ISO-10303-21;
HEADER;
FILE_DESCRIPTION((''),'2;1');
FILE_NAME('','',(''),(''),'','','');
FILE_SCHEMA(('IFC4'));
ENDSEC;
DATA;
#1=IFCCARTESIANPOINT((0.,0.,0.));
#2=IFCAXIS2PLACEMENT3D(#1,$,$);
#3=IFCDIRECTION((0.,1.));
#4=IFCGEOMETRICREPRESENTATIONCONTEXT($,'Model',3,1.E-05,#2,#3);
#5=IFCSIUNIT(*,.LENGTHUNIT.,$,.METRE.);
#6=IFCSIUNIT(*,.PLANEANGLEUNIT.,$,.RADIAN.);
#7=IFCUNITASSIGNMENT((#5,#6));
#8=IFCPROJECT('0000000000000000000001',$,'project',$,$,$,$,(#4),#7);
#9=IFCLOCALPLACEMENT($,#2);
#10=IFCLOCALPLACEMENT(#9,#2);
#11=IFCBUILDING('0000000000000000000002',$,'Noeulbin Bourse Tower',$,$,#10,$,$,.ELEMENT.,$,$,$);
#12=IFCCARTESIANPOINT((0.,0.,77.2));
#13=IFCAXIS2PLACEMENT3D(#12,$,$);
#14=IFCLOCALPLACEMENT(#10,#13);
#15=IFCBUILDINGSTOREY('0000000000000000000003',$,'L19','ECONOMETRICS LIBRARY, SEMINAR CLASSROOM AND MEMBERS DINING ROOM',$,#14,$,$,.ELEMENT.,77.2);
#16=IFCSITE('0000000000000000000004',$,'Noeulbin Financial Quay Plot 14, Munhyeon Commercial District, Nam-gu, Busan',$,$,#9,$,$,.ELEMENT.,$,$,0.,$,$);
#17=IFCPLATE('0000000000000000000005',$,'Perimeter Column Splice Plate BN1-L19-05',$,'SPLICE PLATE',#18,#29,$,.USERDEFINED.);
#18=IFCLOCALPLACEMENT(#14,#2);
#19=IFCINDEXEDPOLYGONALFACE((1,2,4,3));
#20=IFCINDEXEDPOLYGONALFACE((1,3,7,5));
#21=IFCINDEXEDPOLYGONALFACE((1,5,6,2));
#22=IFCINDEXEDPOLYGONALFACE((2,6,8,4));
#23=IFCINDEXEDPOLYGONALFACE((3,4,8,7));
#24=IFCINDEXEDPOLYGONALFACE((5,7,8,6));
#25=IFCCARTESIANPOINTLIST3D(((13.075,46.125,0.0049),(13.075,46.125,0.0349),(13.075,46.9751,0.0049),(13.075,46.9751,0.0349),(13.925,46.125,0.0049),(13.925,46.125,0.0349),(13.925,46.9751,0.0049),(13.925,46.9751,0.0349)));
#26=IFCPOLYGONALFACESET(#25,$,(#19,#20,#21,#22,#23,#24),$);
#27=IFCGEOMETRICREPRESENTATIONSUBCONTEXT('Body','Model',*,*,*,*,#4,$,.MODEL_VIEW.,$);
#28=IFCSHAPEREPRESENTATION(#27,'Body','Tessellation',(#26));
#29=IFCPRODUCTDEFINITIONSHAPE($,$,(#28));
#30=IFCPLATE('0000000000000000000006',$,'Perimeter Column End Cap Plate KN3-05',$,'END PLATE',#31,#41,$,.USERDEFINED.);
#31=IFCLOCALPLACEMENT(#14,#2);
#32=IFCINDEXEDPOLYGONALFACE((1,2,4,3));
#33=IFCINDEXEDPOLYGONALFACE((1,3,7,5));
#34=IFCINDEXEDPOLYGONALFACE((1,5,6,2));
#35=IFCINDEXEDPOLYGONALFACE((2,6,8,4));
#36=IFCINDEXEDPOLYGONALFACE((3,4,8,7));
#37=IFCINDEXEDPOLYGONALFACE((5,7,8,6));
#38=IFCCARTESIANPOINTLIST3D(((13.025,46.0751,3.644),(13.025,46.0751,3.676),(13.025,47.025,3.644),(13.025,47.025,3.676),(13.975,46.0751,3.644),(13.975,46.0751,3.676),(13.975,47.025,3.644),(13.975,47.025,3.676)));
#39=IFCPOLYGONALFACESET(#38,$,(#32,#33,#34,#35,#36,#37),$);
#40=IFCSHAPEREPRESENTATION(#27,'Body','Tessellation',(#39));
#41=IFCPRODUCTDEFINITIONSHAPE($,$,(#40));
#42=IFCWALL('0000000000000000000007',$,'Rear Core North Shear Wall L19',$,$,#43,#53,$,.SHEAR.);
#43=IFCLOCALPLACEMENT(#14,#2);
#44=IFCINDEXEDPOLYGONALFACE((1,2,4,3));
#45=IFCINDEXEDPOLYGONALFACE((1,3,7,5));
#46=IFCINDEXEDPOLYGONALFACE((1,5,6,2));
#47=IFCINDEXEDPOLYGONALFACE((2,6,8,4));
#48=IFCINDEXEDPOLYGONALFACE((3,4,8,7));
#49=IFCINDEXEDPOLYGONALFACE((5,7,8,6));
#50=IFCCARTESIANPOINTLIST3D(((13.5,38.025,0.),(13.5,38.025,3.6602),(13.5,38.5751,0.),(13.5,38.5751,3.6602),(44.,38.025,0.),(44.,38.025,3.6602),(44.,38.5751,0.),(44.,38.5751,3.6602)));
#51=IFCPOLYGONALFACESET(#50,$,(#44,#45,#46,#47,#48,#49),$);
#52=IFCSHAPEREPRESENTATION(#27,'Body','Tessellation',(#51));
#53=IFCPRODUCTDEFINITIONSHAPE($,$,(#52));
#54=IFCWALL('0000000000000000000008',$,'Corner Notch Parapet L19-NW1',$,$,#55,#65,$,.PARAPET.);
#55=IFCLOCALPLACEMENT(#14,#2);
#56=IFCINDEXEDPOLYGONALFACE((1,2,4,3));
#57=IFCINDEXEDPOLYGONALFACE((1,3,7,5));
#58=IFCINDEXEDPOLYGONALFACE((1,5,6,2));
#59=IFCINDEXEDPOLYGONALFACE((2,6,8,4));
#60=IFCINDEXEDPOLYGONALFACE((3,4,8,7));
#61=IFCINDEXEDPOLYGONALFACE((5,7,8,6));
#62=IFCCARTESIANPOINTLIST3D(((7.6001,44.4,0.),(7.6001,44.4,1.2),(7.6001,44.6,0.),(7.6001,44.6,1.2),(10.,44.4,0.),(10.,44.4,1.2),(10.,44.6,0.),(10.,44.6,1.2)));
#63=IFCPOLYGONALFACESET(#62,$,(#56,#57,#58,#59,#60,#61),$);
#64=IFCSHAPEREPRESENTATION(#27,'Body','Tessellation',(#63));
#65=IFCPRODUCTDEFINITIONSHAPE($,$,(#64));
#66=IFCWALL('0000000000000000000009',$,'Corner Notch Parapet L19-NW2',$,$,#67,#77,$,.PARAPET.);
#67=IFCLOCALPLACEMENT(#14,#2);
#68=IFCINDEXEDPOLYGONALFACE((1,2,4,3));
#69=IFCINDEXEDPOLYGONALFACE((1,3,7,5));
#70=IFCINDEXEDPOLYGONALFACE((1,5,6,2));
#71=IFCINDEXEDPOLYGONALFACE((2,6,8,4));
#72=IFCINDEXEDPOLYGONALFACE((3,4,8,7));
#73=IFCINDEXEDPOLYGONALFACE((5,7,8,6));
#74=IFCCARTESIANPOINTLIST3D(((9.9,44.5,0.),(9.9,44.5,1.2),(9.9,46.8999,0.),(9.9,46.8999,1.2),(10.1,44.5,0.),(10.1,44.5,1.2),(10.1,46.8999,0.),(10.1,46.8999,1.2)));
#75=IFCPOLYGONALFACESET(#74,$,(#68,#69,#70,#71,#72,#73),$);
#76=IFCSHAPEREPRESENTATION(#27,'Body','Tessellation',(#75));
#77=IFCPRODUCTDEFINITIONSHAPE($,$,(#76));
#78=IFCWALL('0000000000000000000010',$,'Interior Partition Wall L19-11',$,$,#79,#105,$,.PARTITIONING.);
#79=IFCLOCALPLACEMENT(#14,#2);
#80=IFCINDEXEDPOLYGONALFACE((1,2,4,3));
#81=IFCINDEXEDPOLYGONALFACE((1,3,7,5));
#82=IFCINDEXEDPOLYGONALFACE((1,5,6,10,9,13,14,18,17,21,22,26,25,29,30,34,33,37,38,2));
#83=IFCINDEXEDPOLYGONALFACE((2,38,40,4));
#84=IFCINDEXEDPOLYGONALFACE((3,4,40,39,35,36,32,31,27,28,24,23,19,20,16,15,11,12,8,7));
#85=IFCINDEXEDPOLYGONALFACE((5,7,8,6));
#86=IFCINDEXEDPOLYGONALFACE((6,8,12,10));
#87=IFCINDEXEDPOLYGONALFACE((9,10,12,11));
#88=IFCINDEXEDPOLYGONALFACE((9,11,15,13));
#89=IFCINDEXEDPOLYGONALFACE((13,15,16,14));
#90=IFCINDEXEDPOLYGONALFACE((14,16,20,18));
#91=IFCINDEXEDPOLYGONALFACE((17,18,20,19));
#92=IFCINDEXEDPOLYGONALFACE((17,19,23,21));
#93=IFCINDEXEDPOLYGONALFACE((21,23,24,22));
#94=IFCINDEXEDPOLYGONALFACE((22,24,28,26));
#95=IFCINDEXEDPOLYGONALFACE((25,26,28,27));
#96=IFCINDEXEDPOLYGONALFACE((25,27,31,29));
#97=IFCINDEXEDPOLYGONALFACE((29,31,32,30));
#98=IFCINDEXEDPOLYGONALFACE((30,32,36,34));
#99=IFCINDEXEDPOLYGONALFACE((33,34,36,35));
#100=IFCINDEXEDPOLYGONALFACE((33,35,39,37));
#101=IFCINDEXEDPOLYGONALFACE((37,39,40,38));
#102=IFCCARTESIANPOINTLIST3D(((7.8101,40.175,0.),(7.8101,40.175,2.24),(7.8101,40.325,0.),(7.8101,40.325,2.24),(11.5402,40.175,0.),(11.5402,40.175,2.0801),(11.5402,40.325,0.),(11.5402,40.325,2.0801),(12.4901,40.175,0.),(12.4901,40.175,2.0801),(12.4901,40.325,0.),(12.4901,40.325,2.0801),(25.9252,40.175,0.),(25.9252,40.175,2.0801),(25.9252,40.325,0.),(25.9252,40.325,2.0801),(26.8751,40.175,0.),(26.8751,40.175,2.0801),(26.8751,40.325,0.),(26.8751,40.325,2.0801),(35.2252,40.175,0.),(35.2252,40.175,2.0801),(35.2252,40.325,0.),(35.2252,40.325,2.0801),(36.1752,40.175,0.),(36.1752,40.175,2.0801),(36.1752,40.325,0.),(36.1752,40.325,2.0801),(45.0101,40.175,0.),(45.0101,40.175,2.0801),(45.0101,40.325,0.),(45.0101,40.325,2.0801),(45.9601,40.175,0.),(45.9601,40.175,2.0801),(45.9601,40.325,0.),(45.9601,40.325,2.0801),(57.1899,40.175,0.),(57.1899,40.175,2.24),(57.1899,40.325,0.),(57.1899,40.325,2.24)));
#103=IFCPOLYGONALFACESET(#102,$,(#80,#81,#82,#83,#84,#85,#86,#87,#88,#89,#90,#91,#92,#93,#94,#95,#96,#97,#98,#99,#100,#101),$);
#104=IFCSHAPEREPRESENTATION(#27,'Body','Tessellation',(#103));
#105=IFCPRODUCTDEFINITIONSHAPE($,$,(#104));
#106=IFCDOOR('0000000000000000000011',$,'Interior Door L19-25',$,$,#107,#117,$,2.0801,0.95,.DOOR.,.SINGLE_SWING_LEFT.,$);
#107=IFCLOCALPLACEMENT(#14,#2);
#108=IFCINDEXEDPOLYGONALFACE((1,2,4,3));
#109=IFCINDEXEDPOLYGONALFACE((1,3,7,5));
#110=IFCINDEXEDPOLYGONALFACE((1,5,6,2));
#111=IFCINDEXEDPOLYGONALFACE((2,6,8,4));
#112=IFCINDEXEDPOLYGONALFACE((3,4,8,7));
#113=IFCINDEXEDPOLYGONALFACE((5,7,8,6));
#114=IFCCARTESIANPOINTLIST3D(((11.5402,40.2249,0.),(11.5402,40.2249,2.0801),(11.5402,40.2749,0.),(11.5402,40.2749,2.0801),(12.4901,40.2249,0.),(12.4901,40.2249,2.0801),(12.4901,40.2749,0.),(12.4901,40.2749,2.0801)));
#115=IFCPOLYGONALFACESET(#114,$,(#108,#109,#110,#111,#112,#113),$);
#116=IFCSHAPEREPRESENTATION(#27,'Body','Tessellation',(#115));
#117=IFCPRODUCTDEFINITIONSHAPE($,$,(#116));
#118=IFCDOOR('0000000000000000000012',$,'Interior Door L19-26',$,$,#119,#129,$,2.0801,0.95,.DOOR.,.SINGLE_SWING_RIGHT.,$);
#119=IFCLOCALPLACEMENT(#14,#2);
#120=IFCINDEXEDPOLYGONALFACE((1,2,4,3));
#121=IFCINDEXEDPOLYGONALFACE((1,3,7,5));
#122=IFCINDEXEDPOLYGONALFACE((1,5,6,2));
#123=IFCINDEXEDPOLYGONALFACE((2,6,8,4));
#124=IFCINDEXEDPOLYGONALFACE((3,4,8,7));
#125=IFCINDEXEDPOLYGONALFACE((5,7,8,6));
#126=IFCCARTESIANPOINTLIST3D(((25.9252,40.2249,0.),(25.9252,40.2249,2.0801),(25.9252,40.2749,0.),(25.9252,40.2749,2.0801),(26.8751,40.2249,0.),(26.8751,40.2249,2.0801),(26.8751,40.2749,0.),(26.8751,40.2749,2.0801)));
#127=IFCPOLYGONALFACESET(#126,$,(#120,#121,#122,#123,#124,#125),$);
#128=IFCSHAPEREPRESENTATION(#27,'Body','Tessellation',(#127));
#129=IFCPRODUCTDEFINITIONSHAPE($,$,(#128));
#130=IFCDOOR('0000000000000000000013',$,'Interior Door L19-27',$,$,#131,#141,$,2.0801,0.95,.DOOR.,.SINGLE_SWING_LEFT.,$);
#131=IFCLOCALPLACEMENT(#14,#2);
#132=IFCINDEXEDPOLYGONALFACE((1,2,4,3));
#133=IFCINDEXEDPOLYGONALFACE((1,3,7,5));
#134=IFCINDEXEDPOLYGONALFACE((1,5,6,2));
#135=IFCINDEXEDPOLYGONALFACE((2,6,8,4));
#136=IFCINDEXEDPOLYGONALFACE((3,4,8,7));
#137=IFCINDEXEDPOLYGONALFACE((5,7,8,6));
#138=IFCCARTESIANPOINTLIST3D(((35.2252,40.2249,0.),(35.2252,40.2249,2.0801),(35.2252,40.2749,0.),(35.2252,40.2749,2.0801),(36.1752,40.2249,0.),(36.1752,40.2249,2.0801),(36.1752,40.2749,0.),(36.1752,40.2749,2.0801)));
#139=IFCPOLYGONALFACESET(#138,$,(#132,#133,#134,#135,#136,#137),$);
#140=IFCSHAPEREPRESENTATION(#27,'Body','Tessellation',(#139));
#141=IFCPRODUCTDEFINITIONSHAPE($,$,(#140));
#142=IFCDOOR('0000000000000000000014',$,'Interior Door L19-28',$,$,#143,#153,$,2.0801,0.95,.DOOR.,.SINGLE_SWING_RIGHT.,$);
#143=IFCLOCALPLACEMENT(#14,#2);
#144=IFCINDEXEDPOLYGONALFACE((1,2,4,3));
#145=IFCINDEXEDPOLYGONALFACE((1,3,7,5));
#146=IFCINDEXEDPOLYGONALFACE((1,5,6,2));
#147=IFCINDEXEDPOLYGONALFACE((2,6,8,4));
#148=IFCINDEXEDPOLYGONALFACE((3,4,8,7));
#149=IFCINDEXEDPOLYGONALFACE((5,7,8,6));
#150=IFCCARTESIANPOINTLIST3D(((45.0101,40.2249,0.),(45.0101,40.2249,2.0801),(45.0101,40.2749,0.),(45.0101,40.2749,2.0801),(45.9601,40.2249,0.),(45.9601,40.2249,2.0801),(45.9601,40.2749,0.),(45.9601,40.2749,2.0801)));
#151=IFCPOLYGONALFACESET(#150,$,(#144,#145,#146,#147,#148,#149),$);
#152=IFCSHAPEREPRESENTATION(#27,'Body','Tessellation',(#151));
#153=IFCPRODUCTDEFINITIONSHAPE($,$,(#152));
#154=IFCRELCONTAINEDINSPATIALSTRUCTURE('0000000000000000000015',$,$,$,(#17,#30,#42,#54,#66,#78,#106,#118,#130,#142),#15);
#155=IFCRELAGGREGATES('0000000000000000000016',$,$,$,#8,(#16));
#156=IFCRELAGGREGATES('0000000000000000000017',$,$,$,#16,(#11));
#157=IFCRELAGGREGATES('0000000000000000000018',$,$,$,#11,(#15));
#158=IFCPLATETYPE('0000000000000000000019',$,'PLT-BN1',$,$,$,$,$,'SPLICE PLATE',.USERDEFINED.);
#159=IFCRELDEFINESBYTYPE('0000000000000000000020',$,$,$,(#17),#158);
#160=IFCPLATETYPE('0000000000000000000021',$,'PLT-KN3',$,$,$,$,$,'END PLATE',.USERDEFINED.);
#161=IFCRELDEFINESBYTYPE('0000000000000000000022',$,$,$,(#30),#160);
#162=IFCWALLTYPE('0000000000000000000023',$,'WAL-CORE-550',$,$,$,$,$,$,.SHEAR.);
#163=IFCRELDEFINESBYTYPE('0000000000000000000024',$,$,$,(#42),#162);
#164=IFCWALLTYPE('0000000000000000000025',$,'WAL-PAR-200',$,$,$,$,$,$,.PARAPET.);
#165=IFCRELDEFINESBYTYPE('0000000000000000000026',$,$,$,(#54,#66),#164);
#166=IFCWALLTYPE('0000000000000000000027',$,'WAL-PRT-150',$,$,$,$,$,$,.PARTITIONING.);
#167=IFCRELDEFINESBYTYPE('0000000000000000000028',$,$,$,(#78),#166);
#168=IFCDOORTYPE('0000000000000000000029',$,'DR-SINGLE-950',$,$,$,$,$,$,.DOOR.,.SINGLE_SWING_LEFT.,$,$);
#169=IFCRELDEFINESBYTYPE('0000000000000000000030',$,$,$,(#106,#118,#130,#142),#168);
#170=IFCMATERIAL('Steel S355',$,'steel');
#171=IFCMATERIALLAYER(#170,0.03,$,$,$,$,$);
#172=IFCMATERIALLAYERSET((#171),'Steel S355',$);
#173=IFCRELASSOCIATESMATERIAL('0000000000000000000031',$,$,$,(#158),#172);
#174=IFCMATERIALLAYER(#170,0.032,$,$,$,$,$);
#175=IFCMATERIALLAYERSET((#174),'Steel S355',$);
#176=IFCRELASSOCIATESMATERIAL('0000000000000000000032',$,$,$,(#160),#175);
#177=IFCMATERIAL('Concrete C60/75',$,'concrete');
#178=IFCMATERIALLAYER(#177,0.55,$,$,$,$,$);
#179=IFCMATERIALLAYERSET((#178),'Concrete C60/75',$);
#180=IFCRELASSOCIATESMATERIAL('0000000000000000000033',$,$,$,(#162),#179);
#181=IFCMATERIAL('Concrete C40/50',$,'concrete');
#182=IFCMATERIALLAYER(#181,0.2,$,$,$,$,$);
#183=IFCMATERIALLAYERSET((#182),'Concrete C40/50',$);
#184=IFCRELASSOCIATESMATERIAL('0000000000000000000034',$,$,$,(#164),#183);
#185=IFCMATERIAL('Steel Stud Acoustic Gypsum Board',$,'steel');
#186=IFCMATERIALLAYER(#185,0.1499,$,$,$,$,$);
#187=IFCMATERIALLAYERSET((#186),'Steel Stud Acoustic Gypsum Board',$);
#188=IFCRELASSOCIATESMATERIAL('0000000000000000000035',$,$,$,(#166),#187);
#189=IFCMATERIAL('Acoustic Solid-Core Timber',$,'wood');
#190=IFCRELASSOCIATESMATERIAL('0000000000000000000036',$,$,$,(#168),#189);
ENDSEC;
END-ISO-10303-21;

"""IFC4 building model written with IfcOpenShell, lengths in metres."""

from ifc_helpers import new_model, si_unit, direction, frame, frame_2d, origin, origin_2d, place, context, subcontext, project, spatial, rectangle, extrude, material, layer, layer_set, type_object, element, fill, save


model = new_model("IFC4")

# Units and contexts
model_context = context("Model", 3, precision=1e-05, world=origin(), true_north=direction((0.0, 1.0)))
body_context = subcontext(model_context, "Body", "Model", "MODEL_VIEW")
ifc_project = project(units=[si_unit("LENGTHUNIT", "METRE"), si_unit("PLANEANGLEUNIT", "RADIAN")], contexts=[model_context])

# Site, building, storey
site_placement = place(None, origin())
site = spatial("IfcSite", under=ifc_project, at=site_placement, Name="Noeulbin Financial Quay Plot 14, Munhyeon Commercial District, Nam-gu, Busan", CompositionType="ELEMENT", RefElevation=0.0)
building_placement = place(site_placement, origin())
building = spatial("IfcBuilding", under=site, at=building_placement, Name="Noeulbin Bourse Tower", CompositionType="ELEMENT")
storey_placement = place(building_placement, frame((0.0, 0.0, 77.2)))
storey = spatial("IfcBuildingStorey", under=building, at=storey_placement, Name="L19", Description="ECONOMETRICS LIBRARY, SEMINAR CLASSROOM AND MEMBERS DINING ROOM", CompositionType="ELEMENT", Elevation=77.2)

# Shared definitions
ifc_material_1 = material(Name="Steel S355", Category="steel")

# Plates
ifc_layer_1 = layer(ifc_material_1, 0.03)
ifc_layer_set_1 = layer_set([ifc_layer_1], Name="Steel S355")
plate_type_1 = type_object("IfcPlateType", Name="PLT-BN1", ElementType="SPLICE PLATE", PredefinedType="USERDEFINED", material=ifc_layer_set_1)
for number, where, z_axis, x_axis, name in (
    (1, (13.5, 46.55, 0.0049), (0.0, 0.0, 1.0), (1.0, 0.0, 0.0), "Perimeter Column Splice Plate BN1-L19-05"),
):
    element("IfcPlate", number, at=place(storey_placement, frame(where, z_axis=z_axis, x_axis=x_axis)), inside=storey, type_object=plate_type_1, Name=name, ObjectType="SPLICE PLATE", PredefinedType="USERDEFINED", context=body_context, shape_type="SweptSolid", body=[
        extrude(rectangle(XDim=0.8501, YDim=0.8501, at=origin_2d()), origin(), (0.0, 0.0, 1.0), 0.03),
    ])
ifc_layer_2 = layer(ifc_material_1, 0.032)
ifc_layer_set_2 = layer_set([ifc_layer_2], Name="Steel S355")
plate_type_2 = type_object("IfcPlateType", Name="PLT-KN3", ElementType="END PLATE", PredefinedType="USERDEFINED", material=ifc_layer_set_2)
plate_1_placement = place(storey_placement, frame((13.5, 46.55, 3.644), z_axis=(0.0, 0.0, 1.0), x_axis=(1.0, 0.0, 0.0)))
element("IfcPlate", 2, at=plate_1_placement, inside=storey, type_object=plate_type_2, Name="Perimeter Column End Cap Plate KN3-05", ObjectType="END PLATE", PredefinedType="USERDEFINED", context=body_context, shape_type="SweptSolid", body=[
    extrude(rectangle(XDim=0.95, YDim=0.95, at=origin_2d()), origin(), (0.0, 0.0, 1.0), 0.032),
])

# Walls
ifc_material_2 = material(Name="Concrete C60/75", Category="concrete")
ifc_layer_3 = layer(ifc_material_2, 0.55)
ifc_layer_set_3 = layer_set([ifc_layer_3], Name="Concrete C60/75")
wall_type_1 = type_object("IfcWallType", Name="WAL-CORE-550", PredefinedType="SHEAR", material=ifc_layer_set_3)
wall_1_placement = place(storey_placement, frame((13.5, 38.3, 0.0), z_axis=(0.0, 0.0, 1.0), x_axis=(1.0, 0.0, 0.0)))
element("IfcWall", 3, at=wall_1_placement, inside=storey, type_object=wall_type_1, Name="Rear Core North Shear Wall L19", PredefinedType="SHEAR", context=body_context, shape_type="SweptSolid", body=[
    extrude(rectangle(XDim=30.5, YDim=0.55, at=frame_2d((15.25, 0.0))), origin(), (0.0, 0.0, 1.0), 3.6602),
])
ifc_material_3 = material(Name="Concrete C40/50", Category="concrete")
ifc_layer_4 = layer(ifc_material_3, 0.2)
ifc_layer_set_4 = layer_set([ifc_layer_4], Name="Concrete C40/50")
wall_type_2 = type_object("IfcWallType", Name="WAL-PAR-200", PredefinedType="PARAPET", material=ifc_layer_set_4)
for number, where, z_axis, x_axis, name in (
    (4, (7.6001, 44.5, 0.0), (0.0, 0.0, 1.0), (1.0, 0.0, 0.0), "Corner Notch Parapet L19-NW1"),
    (5, (10.0, 44.5, 0.0), (0.0, 0.0, 1.0), (0.0, 1.0, 0.0), "Corner Notch Parapet L19-NW2"),
):
    element("IfcWall", number, at=place(storey_placement, frame(where, z_axis=z_axis, x_axis=x_axis)), inside=storey, type_object=wall_type_2, Name=name, PredefinedType="PARAPET", context=body_context, shape_type="SweptSolid", body=[
        extrude(rectangle(XDim=2.3999, YDim=0.2, at=frame_2d((1.2, 0.0))), origin(), (0.0, 0.0, 1.0), 1.2),
    ])

# Wall, openings, doors
ifc_material_4 = material(Name="Steel Stud Acoustic Gypsum Board", Category="steel")
ifc_layer_5 = layer(ifc_material_4, 0.1499)
ifc_layer_set_5 = layer_set([ifc_layer_5], Name="Steel Stud Acoustic Gypsum Board")
wall_type_3 = type_object("IfcWallType", Name="WAL-PRT-150", PredefinedType="PARTITIONING", material=ifc_layer_set_5)
wall_2_placement = place(storey_placement, frame((7.8101, 40.25, 0.0), z_axis=(0.0, 0.0, 1.0), x_axis=(1.0, 0.0, 0.0)))
wall_2 = element("IfcWall", 6, at=wall_2_placement, inside=storey, type_object=wall_type_3, Name="Interior Partition Wall L19-11", PredefinedType="PARTITIONING", context=body_context, shape_type="SweptSolid", body=[
    extrude(rectangle(XDim=49.3799, YDim=0.1499, at=frame_2d((24.6899, 0.0))), origin(), (0.0, 0.0, 1.0), 2.24),
])
opening_1_placement = place(wall_2_placement, frame((3.73, 0.0, 0.0)))
opening_1 = element("IfcOpeningElement", 7, at=opening_1_placement, cuts=wall_2, PredefinedType="OPENING", context=body_context, shape_type="SweptSolid", body=[
    extrude(rectangle(XDim=0.95, YDim=2.0801, at=frame_2d((0.4751, 1.04))), frame((0.0, 0.085, 0.0), z_axis=(0.0, -1.0, 0.0), x_axis=(1.0, 0.0, 0.0)), (0.0, 0.0, 1.0), 0.1699),
])
opening_2_placement = place(wall_2_placement, frame((18.115, 0.0, 0.0)))
opening_2 = element("IfcOpeningElement", 8, at=opening_2_placement, cuts=wall_2, PredefinedType="OPENING", context=body_context, shape_type="SweptSolid", body=[
    extrude(rectangle(XDim=0.95, YDim=2.0801, at=frame_2d((0.4751, 1.04))), frame((0.0, 0.085, 0.0), z_axis=(0.0, -1.0, 0.0), x_axis=(1.0, 0.0, 0.0)), (0.0, 0.0, 1.0), 0.1699),
])
opening_3_placement = place(wall_2_placement, frame((27.415, 0.0, 0.0)))
opening_3 = element("IfcOpeningElement", 9, at=opening_3_placement, cuts=wall_2, PredefinedType="OPENING", context=body_context, shape_type="SweptSolid", body=[
    extrude(rectangle(XDim=0.95, YDim=2.0801, at=frame_2d((0.4751, 1.04))), frame((0.0, 0.085, 0.0), z_axis=(0.0, -1.0, 0.0), x_axis=(1.0, 0.0, 0.0)), (0.0, 0.0, 1.0), 0.1699),
])
opening_4_placement = place(wall_2_placement, frame((37.2, 0.0, 0.0)))
opening_4 = element("IfcOpeningElement", 10, at=opening_4_placement, cuts=wall_2, PredefinedType="OPENING", context=body_context, shape_type="SweptSolid", body=[
    extrude(rectangle(XDim=0.95, YDim=2.0801, at=frame_2d((0.4751, 1.04))), frame((0.0, 0.085, 0.0), z_axis=(0.0, -1.0, 0.0), x_axis=(1.0, 0.0, 0.0)), (0.0, 0.0, 1.0), 0.1699),
])
ifc_material_5 = material(Name="Acoustic Solid-Core Timber", Category="wood")
door_type = type_object("IfcDoorType", Name="DR-SINGLE-950", OperationType="SINGLE_SWING_LEFT", PredefinedType="DOOR", material=ifc_material_5)
door_1_placement = place(opening_1_placement, origin())
door_1 = element("IfcDoor", 11, at=door_1_placement, inside=storey, type_object=door_type, Name="Interior Door L19-25", OperationType="SINGLE_SWING_LEFT", OverallHeight=2.0801, OverallWidth=0.95, PredefinedType="DOOR", context=body_context, shape_type="SweptSolid", body=[
    extrude(rectangle(XDim=0.95, YDim=2.0801, at=frame_2d((0.4751, 1.04))), frame((0.0, 0.0249, 0.0), z_axis=(0.0, -1.0, 0.0), x_axis=(1.0, 0.0, 0.0)), (0.0, 0.0, 1.0), 0.05),
])
fill(opening_1, door_1)
door_2_placement = place(opening_2_placement, origin())
door_2 = element("IfcDoor", 12, at=door_2_placement, inside=storey, type_object=door_type, Name="Interior Door L19-26", OperationType="SINGLE_SWING_RIGHT", OverallHeight=2.0801, OverallWidth=0.95, PredefinedType="DOOR", context=body_context, shape_type="SweptSolid", body=[
    extrude(rectangle(XDim=0.95, YDim=2.0801, at=frame_2d((0.4751, 1.04))), frame((0.0, 0.0249, 0.0), z_axis=(0.0, -1.0, 0.0), x_axis=(1.0, 0.0, 0.0)), (0.0, 0.0, 1.0), 0.05),
])
fill(opening_2, door_2)
door_3_placement = place(opening_3_placement, origin())
door_3 = element("IfcDoor", 13, at=door_3_placement, inside=storey, type_object=door_type, Name="Interior Door L19-27", OperationType="SINGLE_SWING_LEFT", OverallHeight=2.0801, OverallWidth=0.95, PredefinedType="DOOR", context=body_context, shape_type="SweptSolid", body=[
    extrude(rectangle(XDim=0.95, YDim=2.0801, at=frame_2d((0.4751, 1.04))), frame((0.0, 0.0249, 0.0), z_axis=(0.0, -1.0, 0.0), x_axis=(1.0, 0.0, 0.0)), (0.0, 0.0, 1.0), 0.05),
])
fill(opening_3, door_3)
door_4_placement = place(opening_4_placement, origin())
door_4 = element("IfcDoor", 14, at=door_4_placement, inside=storey, type_object=door_type, Name="Interior Door L19-28", OperationType="SINGLE_SWING_RIGHT", OverallHeight=2.0801, OverallWidth=0.95, PredefinedType="DOOR", context=body_context, shape_type="SweptSolid", body=[
    extrude(rectangle(XDim=0.95, YDim=2.0801, at=frame_2d((0.4751, 1.04))), frame((0.0, 0.0249, 0.0), z_axis=(0.0, -1.0, 0.0), x_axis=(1.0, 0.0, 0.0)), (0.0, 0.0, 1.0), 0.05),
])
fill(opening_4, door_4)

save(model, "model.ifc")
